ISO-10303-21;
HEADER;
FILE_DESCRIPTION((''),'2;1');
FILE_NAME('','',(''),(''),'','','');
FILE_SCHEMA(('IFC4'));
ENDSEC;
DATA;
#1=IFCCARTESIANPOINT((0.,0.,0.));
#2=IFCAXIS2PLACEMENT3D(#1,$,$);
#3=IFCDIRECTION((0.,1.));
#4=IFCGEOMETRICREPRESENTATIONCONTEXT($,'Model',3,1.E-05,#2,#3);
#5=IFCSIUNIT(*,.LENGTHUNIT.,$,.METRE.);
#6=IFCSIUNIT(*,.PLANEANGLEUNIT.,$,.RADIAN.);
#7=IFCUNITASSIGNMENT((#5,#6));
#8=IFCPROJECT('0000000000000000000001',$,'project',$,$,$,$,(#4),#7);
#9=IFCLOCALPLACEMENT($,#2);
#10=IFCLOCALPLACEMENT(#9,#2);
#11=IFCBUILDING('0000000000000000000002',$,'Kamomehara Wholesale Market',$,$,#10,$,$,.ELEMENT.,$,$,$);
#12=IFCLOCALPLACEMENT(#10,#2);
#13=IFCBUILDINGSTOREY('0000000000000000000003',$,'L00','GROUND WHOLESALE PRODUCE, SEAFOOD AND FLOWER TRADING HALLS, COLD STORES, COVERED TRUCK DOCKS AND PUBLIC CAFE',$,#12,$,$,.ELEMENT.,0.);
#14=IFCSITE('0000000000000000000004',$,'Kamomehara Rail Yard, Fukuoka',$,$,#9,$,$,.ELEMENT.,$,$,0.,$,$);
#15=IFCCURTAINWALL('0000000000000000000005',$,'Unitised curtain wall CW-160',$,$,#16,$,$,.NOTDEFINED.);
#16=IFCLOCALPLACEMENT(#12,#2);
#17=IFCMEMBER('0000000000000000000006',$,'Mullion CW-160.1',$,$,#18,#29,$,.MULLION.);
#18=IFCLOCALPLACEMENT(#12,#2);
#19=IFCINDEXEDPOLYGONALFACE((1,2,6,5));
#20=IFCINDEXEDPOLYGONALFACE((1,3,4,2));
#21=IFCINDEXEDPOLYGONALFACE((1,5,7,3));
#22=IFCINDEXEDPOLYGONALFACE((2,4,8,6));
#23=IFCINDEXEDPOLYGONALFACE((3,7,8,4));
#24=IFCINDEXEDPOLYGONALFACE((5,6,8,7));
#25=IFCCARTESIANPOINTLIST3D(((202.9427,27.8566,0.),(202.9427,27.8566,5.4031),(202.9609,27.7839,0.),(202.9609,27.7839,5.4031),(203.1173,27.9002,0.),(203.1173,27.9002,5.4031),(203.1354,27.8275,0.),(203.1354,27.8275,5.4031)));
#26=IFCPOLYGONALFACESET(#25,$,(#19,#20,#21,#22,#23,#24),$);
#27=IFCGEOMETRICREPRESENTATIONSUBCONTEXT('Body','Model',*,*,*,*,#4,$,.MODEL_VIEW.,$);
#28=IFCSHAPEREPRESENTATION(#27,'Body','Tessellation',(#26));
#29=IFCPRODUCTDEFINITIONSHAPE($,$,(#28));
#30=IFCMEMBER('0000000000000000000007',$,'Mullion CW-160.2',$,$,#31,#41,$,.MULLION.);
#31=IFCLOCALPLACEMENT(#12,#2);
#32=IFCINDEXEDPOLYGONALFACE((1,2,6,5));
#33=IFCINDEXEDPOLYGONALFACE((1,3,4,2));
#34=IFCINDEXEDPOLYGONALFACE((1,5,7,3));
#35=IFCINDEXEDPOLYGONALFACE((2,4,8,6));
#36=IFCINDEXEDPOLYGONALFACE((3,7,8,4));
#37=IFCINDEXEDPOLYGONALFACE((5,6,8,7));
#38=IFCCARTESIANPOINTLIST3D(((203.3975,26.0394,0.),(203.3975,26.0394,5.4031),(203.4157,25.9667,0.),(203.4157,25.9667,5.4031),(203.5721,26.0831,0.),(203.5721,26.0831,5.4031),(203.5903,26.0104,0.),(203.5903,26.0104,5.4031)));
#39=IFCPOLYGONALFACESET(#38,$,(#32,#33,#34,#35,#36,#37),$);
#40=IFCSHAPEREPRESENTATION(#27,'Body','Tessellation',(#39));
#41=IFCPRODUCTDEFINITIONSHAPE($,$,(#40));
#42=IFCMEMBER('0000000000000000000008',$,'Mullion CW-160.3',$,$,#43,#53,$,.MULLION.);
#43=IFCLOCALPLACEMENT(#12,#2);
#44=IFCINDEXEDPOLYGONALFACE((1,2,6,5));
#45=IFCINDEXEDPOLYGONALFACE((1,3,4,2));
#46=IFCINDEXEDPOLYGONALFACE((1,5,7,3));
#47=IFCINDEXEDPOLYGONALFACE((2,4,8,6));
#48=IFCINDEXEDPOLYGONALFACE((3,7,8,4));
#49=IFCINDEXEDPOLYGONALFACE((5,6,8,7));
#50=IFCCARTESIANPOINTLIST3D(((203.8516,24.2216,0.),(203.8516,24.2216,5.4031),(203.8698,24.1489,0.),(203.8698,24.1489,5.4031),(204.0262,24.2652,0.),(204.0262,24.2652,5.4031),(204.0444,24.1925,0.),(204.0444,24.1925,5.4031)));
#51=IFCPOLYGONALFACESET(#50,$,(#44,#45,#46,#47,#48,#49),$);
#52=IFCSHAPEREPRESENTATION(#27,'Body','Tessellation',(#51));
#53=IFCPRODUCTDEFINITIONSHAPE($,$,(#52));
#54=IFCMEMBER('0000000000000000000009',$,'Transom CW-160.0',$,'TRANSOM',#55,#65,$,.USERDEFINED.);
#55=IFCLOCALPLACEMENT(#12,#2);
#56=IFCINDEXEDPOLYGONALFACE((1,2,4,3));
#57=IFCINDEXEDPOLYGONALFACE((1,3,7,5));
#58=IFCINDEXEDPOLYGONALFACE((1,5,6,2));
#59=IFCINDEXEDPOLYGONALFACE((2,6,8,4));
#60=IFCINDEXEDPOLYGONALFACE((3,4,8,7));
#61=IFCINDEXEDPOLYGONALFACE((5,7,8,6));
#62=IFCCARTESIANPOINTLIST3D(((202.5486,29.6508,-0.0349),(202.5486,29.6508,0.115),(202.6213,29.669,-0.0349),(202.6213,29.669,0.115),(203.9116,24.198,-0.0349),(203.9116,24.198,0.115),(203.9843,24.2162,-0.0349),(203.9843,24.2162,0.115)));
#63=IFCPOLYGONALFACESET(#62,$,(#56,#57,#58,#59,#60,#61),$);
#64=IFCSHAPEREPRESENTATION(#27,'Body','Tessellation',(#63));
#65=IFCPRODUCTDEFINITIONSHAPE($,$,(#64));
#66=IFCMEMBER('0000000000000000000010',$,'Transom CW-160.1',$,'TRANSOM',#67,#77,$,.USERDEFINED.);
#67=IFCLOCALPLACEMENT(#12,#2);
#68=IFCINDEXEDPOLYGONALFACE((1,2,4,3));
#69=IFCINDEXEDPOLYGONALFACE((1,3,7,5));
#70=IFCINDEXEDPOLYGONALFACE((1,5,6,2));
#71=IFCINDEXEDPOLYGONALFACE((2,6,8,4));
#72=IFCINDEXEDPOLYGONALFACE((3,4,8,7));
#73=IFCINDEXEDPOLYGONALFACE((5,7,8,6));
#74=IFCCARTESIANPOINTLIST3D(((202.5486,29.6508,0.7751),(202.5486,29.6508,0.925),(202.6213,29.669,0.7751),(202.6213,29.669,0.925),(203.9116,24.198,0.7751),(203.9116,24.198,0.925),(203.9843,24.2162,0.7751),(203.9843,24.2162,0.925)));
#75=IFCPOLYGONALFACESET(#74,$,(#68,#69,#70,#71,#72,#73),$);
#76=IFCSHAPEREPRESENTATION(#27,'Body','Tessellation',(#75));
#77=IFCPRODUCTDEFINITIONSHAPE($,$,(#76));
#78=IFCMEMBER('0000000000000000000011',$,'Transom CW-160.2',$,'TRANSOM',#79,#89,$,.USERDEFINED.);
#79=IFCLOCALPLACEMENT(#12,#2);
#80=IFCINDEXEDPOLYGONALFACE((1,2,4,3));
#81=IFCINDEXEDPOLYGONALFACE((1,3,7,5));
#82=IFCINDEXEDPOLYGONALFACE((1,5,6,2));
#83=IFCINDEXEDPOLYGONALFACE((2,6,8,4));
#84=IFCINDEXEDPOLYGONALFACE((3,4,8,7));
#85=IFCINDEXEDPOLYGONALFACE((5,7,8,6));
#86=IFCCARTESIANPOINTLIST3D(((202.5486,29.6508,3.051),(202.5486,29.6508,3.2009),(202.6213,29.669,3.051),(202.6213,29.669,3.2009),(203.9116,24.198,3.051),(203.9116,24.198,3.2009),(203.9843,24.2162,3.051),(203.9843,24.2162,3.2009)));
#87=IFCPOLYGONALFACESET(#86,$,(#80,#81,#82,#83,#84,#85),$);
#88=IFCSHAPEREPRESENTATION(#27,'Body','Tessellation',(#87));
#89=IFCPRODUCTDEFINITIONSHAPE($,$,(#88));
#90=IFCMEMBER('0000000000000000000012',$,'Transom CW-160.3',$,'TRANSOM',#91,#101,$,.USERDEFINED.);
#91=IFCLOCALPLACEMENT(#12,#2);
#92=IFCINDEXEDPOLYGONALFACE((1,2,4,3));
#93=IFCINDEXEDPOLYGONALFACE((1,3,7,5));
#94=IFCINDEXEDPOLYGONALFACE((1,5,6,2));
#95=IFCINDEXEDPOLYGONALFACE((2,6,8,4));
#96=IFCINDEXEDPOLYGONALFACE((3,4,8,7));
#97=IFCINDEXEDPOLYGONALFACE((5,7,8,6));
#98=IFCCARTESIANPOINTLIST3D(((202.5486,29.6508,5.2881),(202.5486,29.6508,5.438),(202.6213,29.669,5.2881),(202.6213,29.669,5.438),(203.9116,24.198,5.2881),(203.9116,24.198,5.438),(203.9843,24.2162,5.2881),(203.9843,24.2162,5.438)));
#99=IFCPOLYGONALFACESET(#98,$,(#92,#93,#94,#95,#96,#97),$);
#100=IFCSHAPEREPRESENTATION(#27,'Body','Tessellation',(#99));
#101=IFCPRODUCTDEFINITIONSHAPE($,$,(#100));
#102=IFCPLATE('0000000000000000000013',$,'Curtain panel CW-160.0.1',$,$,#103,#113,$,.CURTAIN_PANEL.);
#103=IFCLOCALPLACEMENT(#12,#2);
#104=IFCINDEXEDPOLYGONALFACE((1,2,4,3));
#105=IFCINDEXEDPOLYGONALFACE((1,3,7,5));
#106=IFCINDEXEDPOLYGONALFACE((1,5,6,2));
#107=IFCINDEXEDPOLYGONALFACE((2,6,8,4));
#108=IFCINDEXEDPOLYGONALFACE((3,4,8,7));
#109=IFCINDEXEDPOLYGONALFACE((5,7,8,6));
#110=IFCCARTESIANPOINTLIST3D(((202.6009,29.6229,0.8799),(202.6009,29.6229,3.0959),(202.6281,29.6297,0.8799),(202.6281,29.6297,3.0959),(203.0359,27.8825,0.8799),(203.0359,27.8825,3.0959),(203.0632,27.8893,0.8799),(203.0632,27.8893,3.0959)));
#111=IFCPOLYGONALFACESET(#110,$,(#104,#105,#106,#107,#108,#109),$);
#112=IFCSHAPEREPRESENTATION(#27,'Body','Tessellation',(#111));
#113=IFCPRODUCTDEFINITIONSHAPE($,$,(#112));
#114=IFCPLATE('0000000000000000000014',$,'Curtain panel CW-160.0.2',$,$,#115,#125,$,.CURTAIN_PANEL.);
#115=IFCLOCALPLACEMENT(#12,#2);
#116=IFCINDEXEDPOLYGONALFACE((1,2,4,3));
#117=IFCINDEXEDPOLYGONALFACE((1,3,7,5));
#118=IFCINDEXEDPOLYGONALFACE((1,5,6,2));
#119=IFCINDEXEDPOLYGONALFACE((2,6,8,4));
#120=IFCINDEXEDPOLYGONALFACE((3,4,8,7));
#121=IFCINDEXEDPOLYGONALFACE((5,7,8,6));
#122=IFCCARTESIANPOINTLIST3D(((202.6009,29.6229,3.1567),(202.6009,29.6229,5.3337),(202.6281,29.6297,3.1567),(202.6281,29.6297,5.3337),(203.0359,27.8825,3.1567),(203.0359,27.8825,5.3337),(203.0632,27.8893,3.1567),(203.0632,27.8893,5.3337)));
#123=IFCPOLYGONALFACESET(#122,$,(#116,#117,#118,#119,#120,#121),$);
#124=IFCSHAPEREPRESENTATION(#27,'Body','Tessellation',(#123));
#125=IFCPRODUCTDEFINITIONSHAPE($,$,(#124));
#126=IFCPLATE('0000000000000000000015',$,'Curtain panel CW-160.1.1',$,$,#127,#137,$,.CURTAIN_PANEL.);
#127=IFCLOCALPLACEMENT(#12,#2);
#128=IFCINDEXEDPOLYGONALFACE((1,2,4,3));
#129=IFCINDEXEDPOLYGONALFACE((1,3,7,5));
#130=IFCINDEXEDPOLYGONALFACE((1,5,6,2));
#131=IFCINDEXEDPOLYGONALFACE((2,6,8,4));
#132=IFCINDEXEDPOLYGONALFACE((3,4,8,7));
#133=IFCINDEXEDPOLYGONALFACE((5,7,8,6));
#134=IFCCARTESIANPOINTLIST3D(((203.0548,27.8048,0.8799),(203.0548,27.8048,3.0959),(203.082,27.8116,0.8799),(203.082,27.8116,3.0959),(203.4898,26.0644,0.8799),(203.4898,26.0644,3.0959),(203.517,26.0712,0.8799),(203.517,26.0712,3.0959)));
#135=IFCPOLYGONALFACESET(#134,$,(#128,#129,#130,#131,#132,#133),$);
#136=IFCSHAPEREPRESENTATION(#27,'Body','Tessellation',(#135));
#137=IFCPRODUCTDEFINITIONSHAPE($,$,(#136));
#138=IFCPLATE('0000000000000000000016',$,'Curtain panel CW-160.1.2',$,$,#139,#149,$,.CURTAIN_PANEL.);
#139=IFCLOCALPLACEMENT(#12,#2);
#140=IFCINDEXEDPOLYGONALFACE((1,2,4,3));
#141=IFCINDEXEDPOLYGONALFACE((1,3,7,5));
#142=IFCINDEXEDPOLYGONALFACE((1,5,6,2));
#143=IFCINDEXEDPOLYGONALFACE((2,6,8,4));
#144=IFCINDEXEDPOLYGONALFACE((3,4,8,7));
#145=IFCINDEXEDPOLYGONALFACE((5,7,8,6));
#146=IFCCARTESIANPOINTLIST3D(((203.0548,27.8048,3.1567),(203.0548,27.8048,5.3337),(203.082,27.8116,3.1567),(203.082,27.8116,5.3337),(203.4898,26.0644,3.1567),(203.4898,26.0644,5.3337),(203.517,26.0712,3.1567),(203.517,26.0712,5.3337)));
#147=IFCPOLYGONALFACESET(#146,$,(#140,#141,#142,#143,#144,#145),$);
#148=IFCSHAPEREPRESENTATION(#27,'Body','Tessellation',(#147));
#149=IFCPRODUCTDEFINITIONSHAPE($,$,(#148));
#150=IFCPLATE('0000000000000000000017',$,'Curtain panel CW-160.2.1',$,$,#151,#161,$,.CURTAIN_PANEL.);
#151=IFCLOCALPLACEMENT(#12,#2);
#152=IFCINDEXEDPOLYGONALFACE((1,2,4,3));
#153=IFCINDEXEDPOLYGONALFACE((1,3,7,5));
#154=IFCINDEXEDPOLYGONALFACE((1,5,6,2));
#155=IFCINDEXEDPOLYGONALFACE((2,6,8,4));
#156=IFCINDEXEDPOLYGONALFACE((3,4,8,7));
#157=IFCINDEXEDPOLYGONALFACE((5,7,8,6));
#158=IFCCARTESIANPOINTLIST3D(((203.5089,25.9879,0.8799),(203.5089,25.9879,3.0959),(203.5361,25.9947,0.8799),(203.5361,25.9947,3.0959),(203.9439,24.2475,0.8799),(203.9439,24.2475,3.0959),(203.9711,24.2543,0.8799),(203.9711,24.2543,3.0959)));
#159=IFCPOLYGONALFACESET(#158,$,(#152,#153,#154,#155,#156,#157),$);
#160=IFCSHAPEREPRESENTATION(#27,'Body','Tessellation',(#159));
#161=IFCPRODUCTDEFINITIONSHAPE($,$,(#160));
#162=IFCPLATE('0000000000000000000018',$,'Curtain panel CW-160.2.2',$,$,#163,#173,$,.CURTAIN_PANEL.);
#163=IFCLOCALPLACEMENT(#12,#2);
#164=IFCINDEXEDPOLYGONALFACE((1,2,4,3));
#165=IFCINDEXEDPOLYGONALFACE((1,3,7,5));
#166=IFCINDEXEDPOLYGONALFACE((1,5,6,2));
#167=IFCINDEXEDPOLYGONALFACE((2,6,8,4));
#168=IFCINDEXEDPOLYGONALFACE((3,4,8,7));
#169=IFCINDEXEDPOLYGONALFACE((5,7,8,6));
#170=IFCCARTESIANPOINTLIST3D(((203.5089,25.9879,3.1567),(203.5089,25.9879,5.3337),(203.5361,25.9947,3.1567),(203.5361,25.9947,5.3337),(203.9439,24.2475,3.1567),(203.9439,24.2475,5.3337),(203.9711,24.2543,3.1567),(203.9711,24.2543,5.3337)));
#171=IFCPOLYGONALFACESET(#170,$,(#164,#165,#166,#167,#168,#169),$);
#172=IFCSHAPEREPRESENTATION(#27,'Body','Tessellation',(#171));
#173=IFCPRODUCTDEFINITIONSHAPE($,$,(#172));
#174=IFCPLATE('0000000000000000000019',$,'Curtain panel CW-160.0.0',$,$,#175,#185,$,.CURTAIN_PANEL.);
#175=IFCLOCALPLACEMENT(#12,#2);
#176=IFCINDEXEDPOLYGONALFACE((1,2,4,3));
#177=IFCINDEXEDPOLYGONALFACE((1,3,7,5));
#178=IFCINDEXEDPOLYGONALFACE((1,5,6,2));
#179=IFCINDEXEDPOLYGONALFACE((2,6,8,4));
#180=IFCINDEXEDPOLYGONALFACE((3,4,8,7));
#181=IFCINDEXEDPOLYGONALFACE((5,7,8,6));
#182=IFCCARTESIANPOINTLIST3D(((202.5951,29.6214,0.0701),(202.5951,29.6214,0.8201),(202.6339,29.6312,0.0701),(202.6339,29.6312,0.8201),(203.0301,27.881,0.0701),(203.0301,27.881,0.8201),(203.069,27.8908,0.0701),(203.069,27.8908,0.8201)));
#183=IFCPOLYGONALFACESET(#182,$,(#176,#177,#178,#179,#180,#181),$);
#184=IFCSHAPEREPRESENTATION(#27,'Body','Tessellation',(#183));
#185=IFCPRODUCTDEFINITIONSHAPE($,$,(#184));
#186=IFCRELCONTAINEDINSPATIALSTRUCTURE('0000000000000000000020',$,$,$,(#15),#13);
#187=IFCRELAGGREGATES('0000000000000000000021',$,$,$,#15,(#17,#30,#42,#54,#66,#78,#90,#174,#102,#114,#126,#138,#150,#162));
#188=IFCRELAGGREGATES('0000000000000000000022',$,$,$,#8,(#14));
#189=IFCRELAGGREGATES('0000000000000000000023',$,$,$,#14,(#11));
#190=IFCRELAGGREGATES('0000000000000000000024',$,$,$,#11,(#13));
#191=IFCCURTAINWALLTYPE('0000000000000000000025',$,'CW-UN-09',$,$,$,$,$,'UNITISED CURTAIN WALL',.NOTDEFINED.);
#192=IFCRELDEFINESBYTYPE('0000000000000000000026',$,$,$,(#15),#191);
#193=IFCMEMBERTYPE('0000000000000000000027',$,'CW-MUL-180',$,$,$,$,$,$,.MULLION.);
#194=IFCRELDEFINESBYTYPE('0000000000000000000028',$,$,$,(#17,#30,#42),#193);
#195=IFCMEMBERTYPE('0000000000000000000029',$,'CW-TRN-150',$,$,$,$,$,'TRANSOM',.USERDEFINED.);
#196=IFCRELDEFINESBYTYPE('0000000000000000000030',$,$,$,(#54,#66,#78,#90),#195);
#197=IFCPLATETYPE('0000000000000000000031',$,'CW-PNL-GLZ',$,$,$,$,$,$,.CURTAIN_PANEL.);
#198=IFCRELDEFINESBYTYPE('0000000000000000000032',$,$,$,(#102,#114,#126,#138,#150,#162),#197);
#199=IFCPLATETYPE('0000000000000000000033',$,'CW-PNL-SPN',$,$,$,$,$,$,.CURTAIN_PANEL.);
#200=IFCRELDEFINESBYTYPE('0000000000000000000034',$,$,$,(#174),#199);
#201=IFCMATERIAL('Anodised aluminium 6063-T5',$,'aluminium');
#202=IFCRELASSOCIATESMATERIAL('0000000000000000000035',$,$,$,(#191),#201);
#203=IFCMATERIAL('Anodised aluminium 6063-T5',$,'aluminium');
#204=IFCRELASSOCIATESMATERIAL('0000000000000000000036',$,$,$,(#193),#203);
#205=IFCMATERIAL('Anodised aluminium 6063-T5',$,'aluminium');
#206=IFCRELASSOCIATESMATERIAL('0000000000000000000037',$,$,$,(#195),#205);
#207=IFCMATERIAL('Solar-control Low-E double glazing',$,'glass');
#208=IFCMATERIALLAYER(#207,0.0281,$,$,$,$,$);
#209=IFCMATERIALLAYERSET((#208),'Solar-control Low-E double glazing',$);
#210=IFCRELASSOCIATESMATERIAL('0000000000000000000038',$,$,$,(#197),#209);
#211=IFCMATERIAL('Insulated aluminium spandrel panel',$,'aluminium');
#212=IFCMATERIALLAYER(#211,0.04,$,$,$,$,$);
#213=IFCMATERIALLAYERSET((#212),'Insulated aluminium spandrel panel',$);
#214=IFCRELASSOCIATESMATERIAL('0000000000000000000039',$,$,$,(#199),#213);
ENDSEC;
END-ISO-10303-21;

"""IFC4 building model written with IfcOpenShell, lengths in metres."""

from ifc_helpers import new_model, si_unit, direction, frame, origin, origin_2d, place, context, subcontext, project, spatial, rectangle, extrude, material, layer, layer_set, material_profile, profile_set, type_object, element, aggregate, save


model = new_model("IFC4")

# Units and contexts
model_context = context("Model", 3, precision=1e-05, world=origin(), true_north=direction((0.0, 1.0)))
body_context = subcontext(model_context, "Body", "Model", "MODEL_VIEW")
ifc_project = project(units=[si_unit("LENGTHUNIT", "METRE"), si_unit("PLANEANGLEUNIT", "RADIAN")], contexts=[model_context])

# Site, building, storey
site_placement = place(None, origin())
site = spatial("IfcSite", under=ifc_project, at=site_placement, Name="Kamomehara Rail Yard, Fukuoka", CompositionType="ELEMENT", RefElevation=0.0)
building_placement = place(site_placement, origin())
building = spatial("IfcBuilding", under=site, at=building_placement, Name="Kamomehara Wholesale Market", CompositionType="ELEMENT")
storey_placement = place(building_placement, origin())
storey = spatial("IfcBuildingStorey", under=building, at=storey_placement, Name="L00", Description="GROUND WHOLESALE PRODUCE, SEAFOOD AND FLOWER TRADING HALLS, COLD STORES, COVERED TRUCK DOCKS AND PUBLIC CAFE", CompositionType="ELEMENT", Elevation=0.0)

# Shared definitions
ifc_material_1 = material(Name="Anodised aluminium 6063-T5", Category="aluminium")
curtain_wall_type = type_object("IfcCurtainWallType", Name="CW-UN-09", ElementType="UNITISED CURTAIN WALL", PredefinedType="NOTDEFINED", material=ifc_material_1)
ifc_material_2 = material(Name="Anodised aluminium 6063-T5", Category="aluminium")
ifc_material_profile_1 = material_profile(ifc_material_2, rectangle(XDim=0.075, YDim=0.1799, at=origin_2d()), Name="ALU-MUL-75x180")
ifc_profile_set_1 = profile_set([ifc_material_profile_1], Name="Anodised aluminium 6063-T5")
member_type_1 = type_object("IfcMemberType", Name="CW-MUL-180", PredefinedType="MULLION", material=ifc_profile_set_1)

# Curtain wall, members, plates
curtain_wall_1_placement = place(storey_placement, origin())
curtain_wall_1 = element("IfcCurtainWall", 1, at=curtain_wall_1_placement, inside=storey, type_object=curtain_wall_type, Name="Unitised curtain wall CW-160", PredefinedType="NOTDEFINED")
member_1_placement = place(storey_placement, frame((203.0391, 27.842, 0.0), z_axis=(0.0, 0.0, 1.0), x_axis=(0.242494, -0.970153, 0.0)))
member_1 = element("IfcMember", 2, at=member_1_placement, type_object=member_type_1, Name="Mullion CW-160.1", PredefinedType="MULLION", context=body_context, shape_type="SweptSolid", body=[
    extrude(rectangle(XDim=0.075, YDim=0.1799, at=origin_2d()), origin(), (0.0, 0.0, 1.0), 5.4031),
])
member_2_placement = place(storey_placement, frame((203.4939, 26.0249, 0.0), z_axis=(0.0, 0.0, 1.0), x_axis=(0.242494, -0.970153, 0.0)))
member_2 = element("IfcMember", 3, at=member_2_placement, type_object=member_type_1, Name="Mullion CW-160.2", PredefinedType="MULLION", context=body_context, shape_type="SweptSolid", body=[
    extrude(rectangle(XDim=0.075, YDim=0.1799, at=origin_2d()), origin(), (0.0, 0.0, 1.0), 5.4031),
])
member_3_placement = place(storey_placement, frame((203.948, 24.207, 0.0), z_axis=(0.0, 0.0, 1.0), x_axis=(0.242494, -0.970153, 0.0)))
member_3 = element("IfcMember", 4, at=member_3_placement, type_object=member_type_1, Name="Mullion CW-160.3", PredefinedType="MULLION", context=body_context, shape_type="SweptSolid", body=[
    extrude(rectangle(XDim=0.075, YDim=0.1799, at=origin_2d()), origin(), (0.0, 0.0, 1.0), 5.4031),
])
ifc_material_3 = material(Name="Anodised aluminium 6063-T5", Category="aluminium")
ifc_material_profile_2 = material_profile(ifc_material_3, rectangle(XDim=0.075, YDim=0.1499, at=origin_2d()), Name="ALU-TRN-75x150")
ifc_profile_set_2 = profile_set([ifc_material_profile_2], Name="Anodised aluminium 6063-T5")
member_type_2 = type_object("IfcMemberType", Name="CW-TRN-150", ElementType="TRANSOM", PredefinedType="USERDEFINED", material=ifc_profile_set_2)
member_4_placement = place(storey_placement, frame((202.585, 29.6599, 0.04), z_axis=(0.242505, -0.97015, 0.0), x_axis=(0.97015, 0.242505, 0.0)))
member_4 = element("IfcMember", 5, at=member_4_placement, type_object=member_type_2, Name="Transom CW-160.0", ObjectType="TRANSOM", PredefinedType="USERDEFINED", context=body_context, shape_type="SweptSolid", body=[
    extrude(rectangle(XDim=0.075, YDim=0.1499, at=origin_2d()), origin(), (0.0, 0.0, 1.0), 5.6206),
])
member_5_placement = place(storey_placement, frame((202.585, 29.6599, 0.8501), z_axis=(0.242505, -0.97015, 0.0), x_axis=(0.97015, 0.242505, 0.0)))
member_5 = element("IfcMember", 6, at=member_5_placement, type_object=member_type_2, Name="Transom CW-160.1", ObjectType="TRANSOM", PredefinedType="USERDEFINED", context=body_context, shape_type="SweptSolid", body=[
    extrude(rectangle(XDim=0.075, YDim=0.1499, at=origin_2d()), origin(), (0.0, 0.0, 1.0), 5.6206),
])
member_6_placement = place(storey_placement, frame((202.585, 29.6599, 3.126), z_axis=(0.242505, -0.97015, 0.0), x_axis=(0.97015, 0.242505, 0.0)))
member_6 = element("IfcMember", 7, at=member_6_placement, type_object=member_type_2, Name="Transom CW-160.2", ObjectType="TRANSOM", PredefinedType="USERDEFINED", context=body_context, shape_type="SweptSolid", body=[
    extrude(rectangle(XDim=0.075, YDim=0.1499, at=origin_2d()), origin(), (0.0, 0.0, 1.0), 5.6206),
])
member_7_placement = place(storey_placement, frame((202.585, 29.6599, 5.363), z_axis=(0.242505, -0.97015, 0.0), x_axis=(0.97015, 0.242505, 0.0)))
member_7 = element("IfcMember", 8, at=member_7_placement, type_object=member_type_2, Name="Transom CW-160.3", ObjectType="TRANSOM", PredefinedType="USERDEFINED", context=body_context, shape_type="SweptSolid", body=[
    extrude(rectangle(XDim=0.075, YDim=0.1499, at=origin_2d()), origin(), (0.0, 0.0, 1.0), 5.6206),
])
ifc_material_4 = material(Name="Solar-control Low-E double glazing", Category="glass")
ifc_layer_1 = layer(ifc_material_4, 0.0281)
ifc_layer_set_1 = layer_set([ifc_layer_1], Name="Solar-control Low-E double glazing")
plate_type_1 = type_object("IfcPlateType", Name="CW-PNL-GLZ", PredefinedType="CURTAIN_PANEL", material=ifc_layer_set_1)
plate_1_placement = place(storey_placement, frame((202.832, 28.7561, 0.8799), z_axis=(0.0, 0.0, 1.0), x_axis=(0.242498, -0.970152, 0.0)))
plate_1 = element("IfcPlate", 9, at=plate_1_placement, type_object=plate_type_1, Name="Curtain panel CW-160.0.1", PredefinedType="CURTAIN_PANEL", context=body_context, shape_type="SweptSolid", body=[
    extrude(rectangle(XDim=1.7939, YDim=0.0281, at=origin_2d()), origin(), (0.0, 0.0, 1.0), 2.2161),
])
plate_2_placement = place(storey_placement, frame((202.832, 28.7561, 3.1567), z_axis=(0.0, 0.0, 1.0), x_axis=(0.242498, -0.970152, 0.0)))
plate_2 = element("IfcPlate", 10, at=plate_2_placement, type_object=plate_type_1, Name="Curtain panel CW-160.0.2", PredefinedType="CURTAIN_PANEL", context=body_context, shape_type="SweptSolid", body=[
    extrude(rectangle(XDim=1.7939, YDim=0.0281, at=origin_2d()), origin(), (0.0, 0.0, 1.0), 2.177),
])
plate_3_placement = place(storey_placement, frame((203.2859, 26.938, 0.8799), z_axis=(0.0, 0.0, 1.0), x_axis=(0.242498, -0.970152, 0.0)))
plate_3 = element("IfcPlate", 11, at=plate_3_placement, type_object=plate_type_1, Name="Curtain panel CW-160.1.1", PredefinedType="CURTAIN_PANEL", context=body_context, shape_type="SweptSolid", body=[
    extrude(rectangle(XDim=1.7939, YDim=0.0281, at=origin_2d()), origin(), (0.0, 0.0, 1.0), 2.2161),
])
plate_4_placement = place(storey_placement, frame((203.2859, 26.938, 3.1567), z_axis=(0.0, 0.0, 1.0), x_axis=(0.242498, -0.970152, 0.0)))
plate_4 = element("IfcPlate", 12, at=plate_4_placement, type_object=plate_type_1, Name="Curtain panel CW-160.1.2", PredefinedType="CURTAIN_PANEL", context=body_context, shape_type="SweptSolid", body=[
    extrude(rectangle(XDim=1.7939, YDim=0.0281, at=origin_2d()), origin(), (0.0, 0.0, 1.0), 2.177),
])
plate_5_placement = place(storey_placement, frame((203.74, 25.1211, 0.8799), z_axis=(0.0, 0.0, 1.0), x_axis=(0.242498, -0.970152, 0.0)))
plate_5 = element("IfcPlate", 13, at=plate_5_placement, type_object=plate_type_1, Name="Curtain panel CW-160.2.1", PredefinedType="CURTAIN_PANEL", context=body_context, shape_type="SweptSolid", body=[
    extrude(rectangle(XDim=1.7939, YDim=0.0281, at=origin_2d()), origin(), (0.0, 0.0, 1.0), 2.2161),
])
plate_6_placement = place(storey_placement, frame((203.74, 25.1211, 3.1567), z_axis=(0.0, 0.0, 1.0), x_axis=(0.242498, -0.970152, 0.0)))
plate_6 = element("IfcPlate", 14, at=plate_6_placement, type_object=plate_type_1, Name="Curtain panel CW-160.2.2", PredefinedType="CURTAIN_PANEL", context=body_context, shape_type="SweptSolid", body=[
    extrude(rectangle(XDim=1.7939, YDim=0.0281, at=origin_2d()), origin(), (0.0, 0.0, 1.0), 2.177),
])
ifc_material_5 = material(Name="Insulated aluminium spandrel panel", Category="aluminium")
ifc_layer_2 = layer(ifc_material_5, 0.04)
ifc_layer_set_2 = layer_set([ifc_layer_2], Name="Insulated aluminium spandrel panel")
plate_type_2 = type_object("IfcPlateType", Name="CW-PNL-SPN", PredefinedType="CURTAIN_PANEL", material=ifc_layer_set_2)
plate_7_placement = place(storey_placement, frame((202.832, 28.7561, 0.0701), z_axis=(0.0, 0.0, 1.0), x_axis=(0.242498, -0.970152, 0.0)))
plate_7 = element("IfcPlate", 15, at=plate_7_placement, type_object=plate_type_2, Name="Curtain panel CW-160.0.0", PredefinedType="CURTAIN_PANEL", context=body_context, shape_type="SweptSolid", body=[
    extrude(rectangle(XDim=1.7939, YDim=0.04, at=origin_2d()), origin(), (0.0, 0.0, 1.0), 0.75),
])
aggregate(curtain_wall_1, [member_1, member_2, member_3, member_4, member_5, member_6, member_7, plate_7, plate_1, plate_2, plate_3, plate_4, plate_5, plate_6])

save(model, "model.ifc")
